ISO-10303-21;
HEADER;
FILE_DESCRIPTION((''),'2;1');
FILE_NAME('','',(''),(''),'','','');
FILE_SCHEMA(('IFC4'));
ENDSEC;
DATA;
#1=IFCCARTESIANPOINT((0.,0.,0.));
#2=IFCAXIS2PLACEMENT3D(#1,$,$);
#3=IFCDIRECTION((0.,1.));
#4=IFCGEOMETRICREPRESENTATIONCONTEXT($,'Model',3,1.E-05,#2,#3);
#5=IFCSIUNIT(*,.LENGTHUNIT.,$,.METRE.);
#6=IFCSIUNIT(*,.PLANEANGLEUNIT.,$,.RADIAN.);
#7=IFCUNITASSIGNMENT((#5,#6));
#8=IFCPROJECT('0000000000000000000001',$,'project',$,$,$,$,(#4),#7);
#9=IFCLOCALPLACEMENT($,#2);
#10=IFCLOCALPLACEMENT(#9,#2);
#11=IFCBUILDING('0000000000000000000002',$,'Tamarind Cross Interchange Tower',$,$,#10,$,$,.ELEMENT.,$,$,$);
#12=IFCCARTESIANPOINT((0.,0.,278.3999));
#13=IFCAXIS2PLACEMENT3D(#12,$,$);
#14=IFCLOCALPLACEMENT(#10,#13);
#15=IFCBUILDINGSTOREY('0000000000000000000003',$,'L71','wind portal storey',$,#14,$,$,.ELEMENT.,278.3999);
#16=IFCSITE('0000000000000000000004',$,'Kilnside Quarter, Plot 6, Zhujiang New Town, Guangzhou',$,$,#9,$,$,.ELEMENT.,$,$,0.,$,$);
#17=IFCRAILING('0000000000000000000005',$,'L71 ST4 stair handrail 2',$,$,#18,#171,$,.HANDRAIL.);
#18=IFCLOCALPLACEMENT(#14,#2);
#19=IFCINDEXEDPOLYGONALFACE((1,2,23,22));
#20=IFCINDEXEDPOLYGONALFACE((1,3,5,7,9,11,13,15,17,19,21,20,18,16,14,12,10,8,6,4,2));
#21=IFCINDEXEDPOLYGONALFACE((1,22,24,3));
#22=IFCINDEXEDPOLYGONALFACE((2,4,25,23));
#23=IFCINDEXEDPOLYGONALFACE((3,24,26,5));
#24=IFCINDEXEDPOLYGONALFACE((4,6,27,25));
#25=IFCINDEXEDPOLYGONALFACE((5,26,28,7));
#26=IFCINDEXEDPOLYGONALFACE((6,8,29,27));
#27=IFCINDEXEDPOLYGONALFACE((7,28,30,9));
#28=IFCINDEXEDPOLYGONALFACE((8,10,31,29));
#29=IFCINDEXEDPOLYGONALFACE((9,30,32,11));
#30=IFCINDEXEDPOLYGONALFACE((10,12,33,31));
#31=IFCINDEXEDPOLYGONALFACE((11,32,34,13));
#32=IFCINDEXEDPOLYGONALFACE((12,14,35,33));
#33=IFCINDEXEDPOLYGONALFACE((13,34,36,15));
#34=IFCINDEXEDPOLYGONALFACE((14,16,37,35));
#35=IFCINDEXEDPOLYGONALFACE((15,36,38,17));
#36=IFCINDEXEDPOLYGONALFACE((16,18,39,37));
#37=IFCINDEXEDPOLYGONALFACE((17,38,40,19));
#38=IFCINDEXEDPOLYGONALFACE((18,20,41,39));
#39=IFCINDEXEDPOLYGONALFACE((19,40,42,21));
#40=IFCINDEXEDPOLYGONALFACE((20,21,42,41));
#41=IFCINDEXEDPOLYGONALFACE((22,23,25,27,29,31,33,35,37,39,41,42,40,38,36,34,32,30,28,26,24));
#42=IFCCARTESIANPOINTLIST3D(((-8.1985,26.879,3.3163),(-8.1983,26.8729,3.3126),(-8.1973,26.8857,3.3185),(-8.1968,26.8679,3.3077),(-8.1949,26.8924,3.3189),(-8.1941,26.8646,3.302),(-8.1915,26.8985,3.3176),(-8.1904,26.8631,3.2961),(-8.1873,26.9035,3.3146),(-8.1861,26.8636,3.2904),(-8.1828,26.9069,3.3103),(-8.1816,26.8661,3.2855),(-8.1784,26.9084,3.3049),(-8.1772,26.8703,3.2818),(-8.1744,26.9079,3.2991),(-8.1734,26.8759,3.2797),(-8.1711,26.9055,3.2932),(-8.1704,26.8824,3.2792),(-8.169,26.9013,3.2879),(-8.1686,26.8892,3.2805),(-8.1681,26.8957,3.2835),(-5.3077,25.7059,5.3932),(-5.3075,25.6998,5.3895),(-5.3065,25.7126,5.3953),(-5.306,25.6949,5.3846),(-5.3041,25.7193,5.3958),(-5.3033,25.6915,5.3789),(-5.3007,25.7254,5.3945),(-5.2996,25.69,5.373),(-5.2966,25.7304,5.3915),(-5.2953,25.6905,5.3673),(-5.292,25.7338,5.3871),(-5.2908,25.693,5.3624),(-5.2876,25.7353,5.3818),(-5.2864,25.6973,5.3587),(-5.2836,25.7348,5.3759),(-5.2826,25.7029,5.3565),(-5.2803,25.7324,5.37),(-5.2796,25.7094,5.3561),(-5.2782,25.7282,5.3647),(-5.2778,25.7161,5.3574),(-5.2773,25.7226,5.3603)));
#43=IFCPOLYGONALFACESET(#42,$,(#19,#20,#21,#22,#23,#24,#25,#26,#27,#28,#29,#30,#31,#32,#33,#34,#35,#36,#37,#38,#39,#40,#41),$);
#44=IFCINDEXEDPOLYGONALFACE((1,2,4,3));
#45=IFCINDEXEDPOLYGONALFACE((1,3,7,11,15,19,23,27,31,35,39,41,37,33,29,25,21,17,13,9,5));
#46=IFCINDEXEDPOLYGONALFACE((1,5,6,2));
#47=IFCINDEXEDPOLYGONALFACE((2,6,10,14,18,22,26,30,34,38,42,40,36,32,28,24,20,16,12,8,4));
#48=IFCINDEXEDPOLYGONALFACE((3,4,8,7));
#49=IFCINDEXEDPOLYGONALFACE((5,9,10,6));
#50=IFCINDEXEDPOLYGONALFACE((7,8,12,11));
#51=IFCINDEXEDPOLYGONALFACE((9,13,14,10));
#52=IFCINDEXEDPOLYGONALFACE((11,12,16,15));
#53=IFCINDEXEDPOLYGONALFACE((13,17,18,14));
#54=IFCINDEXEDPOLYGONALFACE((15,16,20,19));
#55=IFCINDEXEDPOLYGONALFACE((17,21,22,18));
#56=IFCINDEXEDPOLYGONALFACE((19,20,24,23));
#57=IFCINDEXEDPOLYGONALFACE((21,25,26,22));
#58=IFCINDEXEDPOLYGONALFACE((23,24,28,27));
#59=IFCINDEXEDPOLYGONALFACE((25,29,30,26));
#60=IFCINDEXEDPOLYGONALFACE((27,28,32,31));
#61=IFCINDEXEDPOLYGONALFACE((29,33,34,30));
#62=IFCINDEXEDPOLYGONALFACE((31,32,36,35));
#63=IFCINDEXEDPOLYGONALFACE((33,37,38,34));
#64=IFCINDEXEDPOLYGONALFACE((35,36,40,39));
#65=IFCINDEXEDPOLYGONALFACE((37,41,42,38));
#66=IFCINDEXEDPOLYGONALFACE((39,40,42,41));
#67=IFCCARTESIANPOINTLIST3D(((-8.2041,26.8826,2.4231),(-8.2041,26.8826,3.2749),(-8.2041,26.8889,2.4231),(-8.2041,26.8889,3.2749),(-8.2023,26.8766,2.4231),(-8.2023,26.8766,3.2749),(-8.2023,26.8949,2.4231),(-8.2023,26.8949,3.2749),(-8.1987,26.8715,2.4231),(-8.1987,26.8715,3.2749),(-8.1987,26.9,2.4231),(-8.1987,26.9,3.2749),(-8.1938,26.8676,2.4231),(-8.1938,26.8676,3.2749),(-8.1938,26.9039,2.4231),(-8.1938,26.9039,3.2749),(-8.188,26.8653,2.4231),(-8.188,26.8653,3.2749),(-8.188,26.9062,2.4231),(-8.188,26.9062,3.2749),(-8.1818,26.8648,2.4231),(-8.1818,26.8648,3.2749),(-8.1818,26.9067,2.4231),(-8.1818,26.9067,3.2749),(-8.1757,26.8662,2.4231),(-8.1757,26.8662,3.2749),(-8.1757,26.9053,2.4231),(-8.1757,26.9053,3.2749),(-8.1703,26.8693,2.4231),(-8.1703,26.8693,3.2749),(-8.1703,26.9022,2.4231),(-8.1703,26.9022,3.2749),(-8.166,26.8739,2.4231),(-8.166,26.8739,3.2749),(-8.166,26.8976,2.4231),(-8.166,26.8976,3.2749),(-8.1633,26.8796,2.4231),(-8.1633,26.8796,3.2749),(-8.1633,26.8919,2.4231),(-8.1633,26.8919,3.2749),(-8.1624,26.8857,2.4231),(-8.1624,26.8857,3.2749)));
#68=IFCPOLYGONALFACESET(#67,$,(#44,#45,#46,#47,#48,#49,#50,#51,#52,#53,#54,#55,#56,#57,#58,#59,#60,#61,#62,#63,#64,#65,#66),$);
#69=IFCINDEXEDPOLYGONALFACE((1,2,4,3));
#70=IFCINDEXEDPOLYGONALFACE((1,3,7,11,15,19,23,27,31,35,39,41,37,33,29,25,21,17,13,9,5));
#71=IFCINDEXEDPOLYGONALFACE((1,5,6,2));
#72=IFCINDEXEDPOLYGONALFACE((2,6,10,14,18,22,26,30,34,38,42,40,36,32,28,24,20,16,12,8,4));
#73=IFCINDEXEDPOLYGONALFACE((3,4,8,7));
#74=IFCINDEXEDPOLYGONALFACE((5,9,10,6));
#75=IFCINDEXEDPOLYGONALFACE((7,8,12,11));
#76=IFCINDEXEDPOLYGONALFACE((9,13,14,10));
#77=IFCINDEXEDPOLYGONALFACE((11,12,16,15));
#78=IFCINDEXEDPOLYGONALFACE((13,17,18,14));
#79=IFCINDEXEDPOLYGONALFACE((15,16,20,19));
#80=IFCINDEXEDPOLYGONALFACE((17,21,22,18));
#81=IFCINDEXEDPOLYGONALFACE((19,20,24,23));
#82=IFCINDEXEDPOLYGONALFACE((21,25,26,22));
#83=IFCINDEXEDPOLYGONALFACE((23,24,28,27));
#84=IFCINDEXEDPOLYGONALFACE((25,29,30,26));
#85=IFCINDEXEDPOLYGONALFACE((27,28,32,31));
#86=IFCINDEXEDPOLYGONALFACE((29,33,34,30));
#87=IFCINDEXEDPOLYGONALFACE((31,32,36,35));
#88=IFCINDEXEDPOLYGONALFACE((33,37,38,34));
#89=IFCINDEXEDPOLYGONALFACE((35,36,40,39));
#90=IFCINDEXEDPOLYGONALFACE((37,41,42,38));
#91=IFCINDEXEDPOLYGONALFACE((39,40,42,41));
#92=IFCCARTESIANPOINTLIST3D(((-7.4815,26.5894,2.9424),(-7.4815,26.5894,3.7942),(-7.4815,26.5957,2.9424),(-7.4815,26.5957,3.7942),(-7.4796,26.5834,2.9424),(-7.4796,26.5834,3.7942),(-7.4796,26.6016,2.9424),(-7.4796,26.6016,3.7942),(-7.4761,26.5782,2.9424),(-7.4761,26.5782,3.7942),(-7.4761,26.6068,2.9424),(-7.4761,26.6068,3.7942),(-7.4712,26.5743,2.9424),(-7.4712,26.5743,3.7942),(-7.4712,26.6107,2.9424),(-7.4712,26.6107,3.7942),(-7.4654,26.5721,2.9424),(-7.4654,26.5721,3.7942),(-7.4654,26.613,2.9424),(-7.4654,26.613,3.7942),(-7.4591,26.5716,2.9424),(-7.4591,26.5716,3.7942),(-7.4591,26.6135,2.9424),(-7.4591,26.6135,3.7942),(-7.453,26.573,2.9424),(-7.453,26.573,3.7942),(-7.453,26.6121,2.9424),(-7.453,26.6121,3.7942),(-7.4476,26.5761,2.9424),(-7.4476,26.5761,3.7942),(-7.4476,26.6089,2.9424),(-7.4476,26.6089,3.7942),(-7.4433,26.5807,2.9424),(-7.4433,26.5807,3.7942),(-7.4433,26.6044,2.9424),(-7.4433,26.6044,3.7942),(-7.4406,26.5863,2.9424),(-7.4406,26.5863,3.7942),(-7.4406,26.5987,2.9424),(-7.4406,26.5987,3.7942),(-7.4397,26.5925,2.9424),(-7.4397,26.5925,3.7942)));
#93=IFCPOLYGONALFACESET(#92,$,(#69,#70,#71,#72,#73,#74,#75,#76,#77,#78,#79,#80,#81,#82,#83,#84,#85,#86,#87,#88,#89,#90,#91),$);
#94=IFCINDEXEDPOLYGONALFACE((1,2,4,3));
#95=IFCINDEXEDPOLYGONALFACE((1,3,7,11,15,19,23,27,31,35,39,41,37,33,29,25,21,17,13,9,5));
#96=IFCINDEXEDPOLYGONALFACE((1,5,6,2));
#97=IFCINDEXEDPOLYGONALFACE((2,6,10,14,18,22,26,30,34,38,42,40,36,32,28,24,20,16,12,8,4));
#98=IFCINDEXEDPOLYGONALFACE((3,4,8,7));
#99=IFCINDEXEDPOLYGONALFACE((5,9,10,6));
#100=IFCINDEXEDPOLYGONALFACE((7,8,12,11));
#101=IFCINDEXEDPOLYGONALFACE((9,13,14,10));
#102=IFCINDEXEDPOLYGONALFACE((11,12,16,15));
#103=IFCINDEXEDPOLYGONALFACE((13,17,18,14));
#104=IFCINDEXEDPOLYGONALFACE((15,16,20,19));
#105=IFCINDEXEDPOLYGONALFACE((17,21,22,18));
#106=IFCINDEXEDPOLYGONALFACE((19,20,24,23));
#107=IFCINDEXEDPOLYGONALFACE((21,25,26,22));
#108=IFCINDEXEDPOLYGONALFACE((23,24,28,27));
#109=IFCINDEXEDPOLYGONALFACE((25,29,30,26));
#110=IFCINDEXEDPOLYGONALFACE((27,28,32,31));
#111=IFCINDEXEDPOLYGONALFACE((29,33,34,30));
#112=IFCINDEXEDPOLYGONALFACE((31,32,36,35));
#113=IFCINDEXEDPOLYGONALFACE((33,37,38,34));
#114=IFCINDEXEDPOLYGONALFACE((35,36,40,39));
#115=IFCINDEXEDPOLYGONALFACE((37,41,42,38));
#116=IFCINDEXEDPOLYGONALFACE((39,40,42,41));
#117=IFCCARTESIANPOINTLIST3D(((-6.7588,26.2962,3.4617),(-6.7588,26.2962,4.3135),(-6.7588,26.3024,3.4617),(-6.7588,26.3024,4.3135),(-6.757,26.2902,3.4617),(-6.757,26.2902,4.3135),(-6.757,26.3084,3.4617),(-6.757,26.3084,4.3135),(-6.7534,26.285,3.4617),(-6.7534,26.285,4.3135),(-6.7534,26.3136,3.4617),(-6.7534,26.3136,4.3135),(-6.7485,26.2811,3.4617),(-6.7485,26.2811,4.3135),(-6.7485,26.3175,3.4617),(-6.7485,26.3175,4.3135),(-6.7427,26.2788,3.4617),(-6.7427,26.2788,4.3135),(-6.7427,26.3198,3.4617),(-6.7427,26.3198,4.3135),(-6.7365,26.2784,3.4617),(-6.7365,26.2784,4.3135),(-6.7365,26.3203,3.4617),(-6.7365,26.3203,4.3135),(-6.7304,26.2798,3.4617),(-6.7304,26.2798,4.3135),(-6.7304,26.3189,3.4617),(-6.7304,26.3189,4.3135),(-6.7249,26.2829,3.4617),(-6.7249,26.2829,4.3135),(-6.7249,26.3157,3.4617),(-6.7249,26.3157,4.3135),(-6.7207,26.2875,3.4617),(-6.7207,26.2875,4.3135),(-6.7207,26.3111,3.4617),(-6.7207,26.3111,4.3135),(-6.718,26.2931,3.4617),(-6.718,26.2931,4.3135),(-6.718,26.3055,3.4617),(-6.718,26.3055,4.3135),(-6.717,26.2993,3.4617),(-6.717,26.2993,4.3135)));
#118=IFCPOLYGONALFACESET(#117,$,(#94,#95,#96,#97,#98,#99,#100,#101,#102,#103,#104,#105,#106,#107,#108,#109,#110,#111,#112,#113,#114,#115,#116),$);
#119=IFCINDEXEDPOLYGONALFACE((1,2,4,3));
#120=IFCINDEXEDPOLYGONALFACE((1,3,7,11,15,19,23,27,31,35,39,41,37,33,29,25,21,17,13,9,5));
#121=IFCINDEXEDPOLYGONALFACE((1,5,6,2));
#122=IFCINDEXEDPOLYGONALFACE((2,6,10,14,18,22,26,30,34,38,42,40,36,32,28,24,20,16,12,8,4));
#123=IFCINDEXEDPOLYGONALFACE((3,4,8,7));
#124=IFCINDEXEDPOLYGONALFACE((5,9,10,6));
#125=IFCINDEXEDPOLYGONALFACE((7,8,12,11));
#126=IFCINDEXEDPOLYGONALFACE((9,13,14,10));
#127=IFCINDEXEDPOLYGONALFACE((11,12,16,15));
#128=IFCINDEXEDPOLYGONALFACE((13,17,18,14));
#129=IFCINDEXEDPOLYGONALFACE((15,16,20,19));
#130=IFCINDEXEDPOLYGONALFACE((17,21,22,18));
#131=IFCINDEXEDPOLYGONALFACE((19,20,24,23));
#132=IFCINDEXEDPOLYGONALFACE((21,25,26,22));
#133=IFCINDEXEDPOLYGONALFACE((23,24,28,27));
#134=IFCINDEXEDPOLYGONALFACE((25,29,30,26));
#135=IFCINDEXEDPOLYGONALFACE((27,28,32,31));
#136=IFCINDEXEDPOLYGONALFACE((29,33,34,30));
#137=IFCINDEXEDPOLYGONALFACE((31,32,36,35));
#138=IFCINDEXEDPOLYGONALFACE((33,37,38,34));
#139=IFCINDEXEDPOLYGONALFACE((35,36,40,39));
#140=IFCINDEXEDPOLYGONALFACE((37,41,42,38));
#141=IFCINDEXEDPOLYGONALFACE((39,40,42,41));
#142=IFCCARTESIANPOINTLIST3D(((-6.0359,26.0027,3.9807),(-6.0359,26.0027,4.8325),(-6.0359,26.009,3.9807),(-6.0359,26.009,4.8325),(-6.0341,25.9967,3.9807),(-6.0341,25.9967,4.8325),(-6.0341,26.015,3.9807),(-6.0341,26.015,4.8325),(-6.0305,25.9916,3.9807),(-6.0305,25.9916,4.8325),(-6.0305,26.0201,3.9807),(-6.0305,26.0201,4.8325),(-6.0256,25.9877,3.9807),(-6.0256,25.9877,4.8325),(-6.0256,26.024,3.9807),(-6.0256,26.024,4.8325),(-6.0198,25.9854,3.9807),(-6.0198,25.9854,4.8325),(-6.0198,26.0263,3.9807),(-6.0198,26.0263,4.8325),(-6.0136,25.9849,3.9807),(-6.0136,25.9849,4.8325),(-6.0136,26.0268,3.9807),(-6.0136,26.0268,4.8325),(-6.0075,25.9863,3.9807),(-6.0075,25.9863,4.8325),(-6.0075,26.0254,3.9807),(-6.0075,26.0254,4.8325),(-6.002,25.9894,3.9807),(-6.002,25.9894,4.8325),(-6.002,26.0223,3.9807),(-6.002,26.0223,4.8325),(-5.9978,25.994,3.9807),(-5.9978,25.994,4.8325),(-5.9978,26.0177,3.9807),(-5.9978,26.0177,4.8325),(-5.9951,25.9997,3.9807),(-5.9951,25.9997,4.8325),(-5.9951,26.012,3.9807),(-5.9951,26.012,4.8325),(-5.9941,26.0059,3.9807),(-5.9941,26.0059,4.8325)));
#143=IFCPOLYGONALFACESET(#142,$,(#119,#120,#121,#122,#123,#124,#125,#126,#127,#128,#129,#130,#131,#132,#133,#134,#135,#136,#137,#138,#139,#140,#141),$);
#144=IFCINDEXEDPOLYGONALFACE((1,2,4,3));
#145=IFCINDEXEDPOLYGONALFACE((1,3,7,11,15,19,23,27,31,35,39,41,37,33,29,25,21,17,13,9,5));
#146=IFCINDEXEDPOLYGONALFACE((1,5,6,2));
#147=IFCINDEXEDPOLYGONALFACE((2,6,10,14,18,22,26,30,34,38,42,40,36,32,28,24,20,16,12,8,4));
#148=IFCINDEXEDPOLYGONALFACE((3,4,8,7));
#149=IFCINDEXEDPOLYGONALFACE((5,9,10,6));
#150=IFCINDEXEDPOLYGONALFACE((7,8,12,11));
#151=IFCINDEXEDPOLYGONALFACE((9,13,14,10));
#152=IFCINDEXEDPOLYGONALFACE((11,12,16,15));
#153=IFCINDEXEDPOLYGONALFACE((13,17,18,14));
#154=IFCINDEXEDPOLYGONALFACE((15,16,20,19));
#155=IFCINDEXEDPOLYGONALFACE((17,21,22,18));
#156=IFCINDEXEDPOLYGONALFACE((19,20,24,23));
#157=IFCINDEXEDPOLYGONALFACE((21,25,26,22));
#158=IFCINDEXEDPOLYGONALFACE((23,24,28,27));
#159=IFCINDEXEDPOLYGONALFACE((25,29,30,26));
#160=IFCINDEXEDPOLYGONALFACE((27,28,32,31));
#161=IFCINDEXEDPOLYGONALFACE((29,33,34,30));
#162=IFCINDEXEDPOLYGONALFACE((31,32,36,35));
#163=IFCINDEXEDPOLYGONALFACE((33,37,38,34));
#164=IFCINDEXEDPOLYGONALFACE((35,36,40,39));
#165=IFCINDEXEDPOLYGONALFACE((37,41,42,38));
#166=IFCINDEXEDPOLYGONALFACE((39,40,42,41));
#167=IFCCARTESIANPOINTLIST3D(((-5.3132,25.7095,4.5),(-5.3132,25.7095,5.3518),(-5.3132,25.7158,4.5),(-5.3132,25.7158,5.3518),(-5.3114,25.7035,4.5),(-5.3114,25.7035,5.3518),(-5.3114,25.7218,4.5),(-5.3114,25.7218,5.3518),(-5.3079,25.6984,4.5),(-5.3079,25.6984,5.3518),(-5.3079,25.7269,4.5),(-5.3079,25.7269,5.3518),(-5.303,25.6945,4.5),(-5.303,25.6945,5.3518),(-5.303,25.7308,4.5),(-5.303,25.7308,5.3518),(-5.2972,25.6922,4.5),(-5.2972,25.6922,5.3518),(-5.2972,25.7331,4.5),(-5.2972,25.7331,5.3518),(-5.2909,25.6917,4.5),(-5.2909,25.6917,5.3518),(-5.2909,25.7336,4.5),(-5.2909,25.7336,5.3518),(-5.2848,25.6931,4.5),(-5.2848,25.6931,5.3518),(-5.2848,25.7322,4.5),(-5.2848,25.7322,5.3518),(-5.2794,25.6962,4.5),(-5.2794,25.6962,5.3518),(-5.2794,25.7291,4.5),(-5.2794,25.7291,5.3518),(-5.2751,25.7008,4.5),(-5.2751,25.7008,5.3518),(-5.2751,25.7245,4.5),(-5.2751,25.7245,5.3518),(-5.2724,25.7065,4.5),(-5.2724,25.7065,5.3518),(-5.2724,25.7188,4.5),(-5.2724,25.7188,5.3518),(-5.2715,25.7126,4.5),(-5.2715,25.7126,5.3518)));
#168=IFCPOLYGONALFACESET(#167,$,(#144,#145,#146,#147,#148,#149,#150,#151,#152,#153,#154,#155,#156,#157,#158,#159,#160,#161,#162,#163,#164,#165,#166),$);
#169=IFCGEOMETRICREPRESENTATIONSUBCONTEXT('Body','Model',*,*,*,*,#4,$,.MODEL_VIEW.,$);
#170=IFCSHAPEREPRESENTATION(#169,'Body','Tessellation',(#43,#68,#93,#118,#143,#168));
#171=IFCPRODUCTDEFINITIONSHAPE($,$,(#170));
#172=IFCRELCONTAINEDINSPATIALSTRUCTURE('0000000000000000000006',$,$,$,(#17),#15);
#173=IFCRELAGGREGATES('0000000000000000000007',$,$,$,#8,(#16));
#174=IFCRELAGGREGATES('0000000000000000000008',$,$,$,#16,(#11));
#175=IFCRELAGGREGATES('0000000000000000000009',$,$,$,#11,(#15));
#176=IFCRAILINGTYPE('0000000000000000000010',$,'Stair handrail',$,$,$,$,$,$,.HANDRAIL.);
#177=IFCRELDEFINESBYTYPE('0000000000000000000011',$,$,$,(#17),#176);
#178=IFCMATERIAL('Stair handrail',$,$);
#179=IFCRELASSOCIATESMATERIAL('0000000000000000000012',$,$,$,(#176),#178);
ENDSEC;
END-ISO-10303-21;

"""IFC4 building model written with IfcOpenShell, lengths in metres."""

from ifc_helpers import new_model, si_unit, direction, frame, origin, origin_2d, place, context, subcontext, project, spatial, circle, extrude, material, type_object, element, save


model = new_model("IFC4")

# Units and contexts
model_context = context("Model", 3, precision=1e-05, world=origin(), true_north=direction((0.0, 1.0)))
body_context = subcontext(model_context, "Body", "Model", "MODEL_VIEW")
ifc_project = project(units=[si_unit("LENGTHUNIT", "METRE"), si_unit("PLANEANGLEUNIT", "RADIAN")], contexts=[model_context])

# Site, building, storey
site_placement = place(None, origin())
site = spatial("IfcSite", under=ifc_project, at=site_placement, Name="Kilnside Quarter, Plot 6, Zhujiang New Town, Guangzhou", CompositionType="ELEMENT", RefElevation=0.0)
building_placement = place(site_placement, origin())
building = spatial("IfcBuilding", under=site, at=building_placement, Name="Tamarind Cross Interchange Tower", CompositionType="ELEMENT")
storey_placement = place(building_placement, frame((0.0, 0.0, 278.3999)))
storey = spatial("IfcBuildingStorey", under=building, at=storey_placement, Name="L71", Description="wind portal storey", CompositionType="ELEMENT", Elevation=278.3999)

# Railing
ifc_material_1 = material(Name="Stair handrail")
railing_type_1 = type_object("IfcRailingType", Name="Stair handrail", PredefinedType="HANDRAIL", material=ifc_material_1)
for number, where, name in (
    (1, (-8.1833, 26.8857, 2.4231), "L71 ST4 stair handrail 2"),
):
    element("IfcRailing", number, at=place(storey_placement, frame(where)), inside=storey, type_object=railing_type_1, Name=name, PredefinedType="HANDRAIL", context=body_context, shape_type="SweptSolid", body=[
        extrude(circle(Radius=0.0239, at=origin_2d()), frame((0.0, 0.0, 0.876), z_axis=(0.771329, -0.313, 0.55415), x_axis=(0.376014, 0.926614, 0.0)), (0.0, 0.0, 1.0), 3.7478),
        extrude(circle(Radius=0.021, at=origin_2d()), origin(), (0.0, 0.0, 1.0), 0.8518),
        extrude(circle(Radius=0.021, at=origin_2d()), frame((0.7227, -0.2932, 0.5193)), (0.0, 0.0, 1.0), 0.8518),
        extrude(circle(Radius=0.021, at=origin_2d()), frame((1.4453, -0.5864, 1.0386)), (0.0, 0.0, 1.0), 0.8518),
        extrude(circle(Radius=0.021, at=origin_2d()), frame((2.1682, -0.8799, 1.5576)), (0.0, 0.0, 1.0), 0.8518),
        extrude(circle(Radius=0.021, at=origin_2d()), frame((2.8909, -1.1731, 2.0769)), (0.0, 0.0, 1.0), 0.8518),
    ])

save(model, "model.ifc")
